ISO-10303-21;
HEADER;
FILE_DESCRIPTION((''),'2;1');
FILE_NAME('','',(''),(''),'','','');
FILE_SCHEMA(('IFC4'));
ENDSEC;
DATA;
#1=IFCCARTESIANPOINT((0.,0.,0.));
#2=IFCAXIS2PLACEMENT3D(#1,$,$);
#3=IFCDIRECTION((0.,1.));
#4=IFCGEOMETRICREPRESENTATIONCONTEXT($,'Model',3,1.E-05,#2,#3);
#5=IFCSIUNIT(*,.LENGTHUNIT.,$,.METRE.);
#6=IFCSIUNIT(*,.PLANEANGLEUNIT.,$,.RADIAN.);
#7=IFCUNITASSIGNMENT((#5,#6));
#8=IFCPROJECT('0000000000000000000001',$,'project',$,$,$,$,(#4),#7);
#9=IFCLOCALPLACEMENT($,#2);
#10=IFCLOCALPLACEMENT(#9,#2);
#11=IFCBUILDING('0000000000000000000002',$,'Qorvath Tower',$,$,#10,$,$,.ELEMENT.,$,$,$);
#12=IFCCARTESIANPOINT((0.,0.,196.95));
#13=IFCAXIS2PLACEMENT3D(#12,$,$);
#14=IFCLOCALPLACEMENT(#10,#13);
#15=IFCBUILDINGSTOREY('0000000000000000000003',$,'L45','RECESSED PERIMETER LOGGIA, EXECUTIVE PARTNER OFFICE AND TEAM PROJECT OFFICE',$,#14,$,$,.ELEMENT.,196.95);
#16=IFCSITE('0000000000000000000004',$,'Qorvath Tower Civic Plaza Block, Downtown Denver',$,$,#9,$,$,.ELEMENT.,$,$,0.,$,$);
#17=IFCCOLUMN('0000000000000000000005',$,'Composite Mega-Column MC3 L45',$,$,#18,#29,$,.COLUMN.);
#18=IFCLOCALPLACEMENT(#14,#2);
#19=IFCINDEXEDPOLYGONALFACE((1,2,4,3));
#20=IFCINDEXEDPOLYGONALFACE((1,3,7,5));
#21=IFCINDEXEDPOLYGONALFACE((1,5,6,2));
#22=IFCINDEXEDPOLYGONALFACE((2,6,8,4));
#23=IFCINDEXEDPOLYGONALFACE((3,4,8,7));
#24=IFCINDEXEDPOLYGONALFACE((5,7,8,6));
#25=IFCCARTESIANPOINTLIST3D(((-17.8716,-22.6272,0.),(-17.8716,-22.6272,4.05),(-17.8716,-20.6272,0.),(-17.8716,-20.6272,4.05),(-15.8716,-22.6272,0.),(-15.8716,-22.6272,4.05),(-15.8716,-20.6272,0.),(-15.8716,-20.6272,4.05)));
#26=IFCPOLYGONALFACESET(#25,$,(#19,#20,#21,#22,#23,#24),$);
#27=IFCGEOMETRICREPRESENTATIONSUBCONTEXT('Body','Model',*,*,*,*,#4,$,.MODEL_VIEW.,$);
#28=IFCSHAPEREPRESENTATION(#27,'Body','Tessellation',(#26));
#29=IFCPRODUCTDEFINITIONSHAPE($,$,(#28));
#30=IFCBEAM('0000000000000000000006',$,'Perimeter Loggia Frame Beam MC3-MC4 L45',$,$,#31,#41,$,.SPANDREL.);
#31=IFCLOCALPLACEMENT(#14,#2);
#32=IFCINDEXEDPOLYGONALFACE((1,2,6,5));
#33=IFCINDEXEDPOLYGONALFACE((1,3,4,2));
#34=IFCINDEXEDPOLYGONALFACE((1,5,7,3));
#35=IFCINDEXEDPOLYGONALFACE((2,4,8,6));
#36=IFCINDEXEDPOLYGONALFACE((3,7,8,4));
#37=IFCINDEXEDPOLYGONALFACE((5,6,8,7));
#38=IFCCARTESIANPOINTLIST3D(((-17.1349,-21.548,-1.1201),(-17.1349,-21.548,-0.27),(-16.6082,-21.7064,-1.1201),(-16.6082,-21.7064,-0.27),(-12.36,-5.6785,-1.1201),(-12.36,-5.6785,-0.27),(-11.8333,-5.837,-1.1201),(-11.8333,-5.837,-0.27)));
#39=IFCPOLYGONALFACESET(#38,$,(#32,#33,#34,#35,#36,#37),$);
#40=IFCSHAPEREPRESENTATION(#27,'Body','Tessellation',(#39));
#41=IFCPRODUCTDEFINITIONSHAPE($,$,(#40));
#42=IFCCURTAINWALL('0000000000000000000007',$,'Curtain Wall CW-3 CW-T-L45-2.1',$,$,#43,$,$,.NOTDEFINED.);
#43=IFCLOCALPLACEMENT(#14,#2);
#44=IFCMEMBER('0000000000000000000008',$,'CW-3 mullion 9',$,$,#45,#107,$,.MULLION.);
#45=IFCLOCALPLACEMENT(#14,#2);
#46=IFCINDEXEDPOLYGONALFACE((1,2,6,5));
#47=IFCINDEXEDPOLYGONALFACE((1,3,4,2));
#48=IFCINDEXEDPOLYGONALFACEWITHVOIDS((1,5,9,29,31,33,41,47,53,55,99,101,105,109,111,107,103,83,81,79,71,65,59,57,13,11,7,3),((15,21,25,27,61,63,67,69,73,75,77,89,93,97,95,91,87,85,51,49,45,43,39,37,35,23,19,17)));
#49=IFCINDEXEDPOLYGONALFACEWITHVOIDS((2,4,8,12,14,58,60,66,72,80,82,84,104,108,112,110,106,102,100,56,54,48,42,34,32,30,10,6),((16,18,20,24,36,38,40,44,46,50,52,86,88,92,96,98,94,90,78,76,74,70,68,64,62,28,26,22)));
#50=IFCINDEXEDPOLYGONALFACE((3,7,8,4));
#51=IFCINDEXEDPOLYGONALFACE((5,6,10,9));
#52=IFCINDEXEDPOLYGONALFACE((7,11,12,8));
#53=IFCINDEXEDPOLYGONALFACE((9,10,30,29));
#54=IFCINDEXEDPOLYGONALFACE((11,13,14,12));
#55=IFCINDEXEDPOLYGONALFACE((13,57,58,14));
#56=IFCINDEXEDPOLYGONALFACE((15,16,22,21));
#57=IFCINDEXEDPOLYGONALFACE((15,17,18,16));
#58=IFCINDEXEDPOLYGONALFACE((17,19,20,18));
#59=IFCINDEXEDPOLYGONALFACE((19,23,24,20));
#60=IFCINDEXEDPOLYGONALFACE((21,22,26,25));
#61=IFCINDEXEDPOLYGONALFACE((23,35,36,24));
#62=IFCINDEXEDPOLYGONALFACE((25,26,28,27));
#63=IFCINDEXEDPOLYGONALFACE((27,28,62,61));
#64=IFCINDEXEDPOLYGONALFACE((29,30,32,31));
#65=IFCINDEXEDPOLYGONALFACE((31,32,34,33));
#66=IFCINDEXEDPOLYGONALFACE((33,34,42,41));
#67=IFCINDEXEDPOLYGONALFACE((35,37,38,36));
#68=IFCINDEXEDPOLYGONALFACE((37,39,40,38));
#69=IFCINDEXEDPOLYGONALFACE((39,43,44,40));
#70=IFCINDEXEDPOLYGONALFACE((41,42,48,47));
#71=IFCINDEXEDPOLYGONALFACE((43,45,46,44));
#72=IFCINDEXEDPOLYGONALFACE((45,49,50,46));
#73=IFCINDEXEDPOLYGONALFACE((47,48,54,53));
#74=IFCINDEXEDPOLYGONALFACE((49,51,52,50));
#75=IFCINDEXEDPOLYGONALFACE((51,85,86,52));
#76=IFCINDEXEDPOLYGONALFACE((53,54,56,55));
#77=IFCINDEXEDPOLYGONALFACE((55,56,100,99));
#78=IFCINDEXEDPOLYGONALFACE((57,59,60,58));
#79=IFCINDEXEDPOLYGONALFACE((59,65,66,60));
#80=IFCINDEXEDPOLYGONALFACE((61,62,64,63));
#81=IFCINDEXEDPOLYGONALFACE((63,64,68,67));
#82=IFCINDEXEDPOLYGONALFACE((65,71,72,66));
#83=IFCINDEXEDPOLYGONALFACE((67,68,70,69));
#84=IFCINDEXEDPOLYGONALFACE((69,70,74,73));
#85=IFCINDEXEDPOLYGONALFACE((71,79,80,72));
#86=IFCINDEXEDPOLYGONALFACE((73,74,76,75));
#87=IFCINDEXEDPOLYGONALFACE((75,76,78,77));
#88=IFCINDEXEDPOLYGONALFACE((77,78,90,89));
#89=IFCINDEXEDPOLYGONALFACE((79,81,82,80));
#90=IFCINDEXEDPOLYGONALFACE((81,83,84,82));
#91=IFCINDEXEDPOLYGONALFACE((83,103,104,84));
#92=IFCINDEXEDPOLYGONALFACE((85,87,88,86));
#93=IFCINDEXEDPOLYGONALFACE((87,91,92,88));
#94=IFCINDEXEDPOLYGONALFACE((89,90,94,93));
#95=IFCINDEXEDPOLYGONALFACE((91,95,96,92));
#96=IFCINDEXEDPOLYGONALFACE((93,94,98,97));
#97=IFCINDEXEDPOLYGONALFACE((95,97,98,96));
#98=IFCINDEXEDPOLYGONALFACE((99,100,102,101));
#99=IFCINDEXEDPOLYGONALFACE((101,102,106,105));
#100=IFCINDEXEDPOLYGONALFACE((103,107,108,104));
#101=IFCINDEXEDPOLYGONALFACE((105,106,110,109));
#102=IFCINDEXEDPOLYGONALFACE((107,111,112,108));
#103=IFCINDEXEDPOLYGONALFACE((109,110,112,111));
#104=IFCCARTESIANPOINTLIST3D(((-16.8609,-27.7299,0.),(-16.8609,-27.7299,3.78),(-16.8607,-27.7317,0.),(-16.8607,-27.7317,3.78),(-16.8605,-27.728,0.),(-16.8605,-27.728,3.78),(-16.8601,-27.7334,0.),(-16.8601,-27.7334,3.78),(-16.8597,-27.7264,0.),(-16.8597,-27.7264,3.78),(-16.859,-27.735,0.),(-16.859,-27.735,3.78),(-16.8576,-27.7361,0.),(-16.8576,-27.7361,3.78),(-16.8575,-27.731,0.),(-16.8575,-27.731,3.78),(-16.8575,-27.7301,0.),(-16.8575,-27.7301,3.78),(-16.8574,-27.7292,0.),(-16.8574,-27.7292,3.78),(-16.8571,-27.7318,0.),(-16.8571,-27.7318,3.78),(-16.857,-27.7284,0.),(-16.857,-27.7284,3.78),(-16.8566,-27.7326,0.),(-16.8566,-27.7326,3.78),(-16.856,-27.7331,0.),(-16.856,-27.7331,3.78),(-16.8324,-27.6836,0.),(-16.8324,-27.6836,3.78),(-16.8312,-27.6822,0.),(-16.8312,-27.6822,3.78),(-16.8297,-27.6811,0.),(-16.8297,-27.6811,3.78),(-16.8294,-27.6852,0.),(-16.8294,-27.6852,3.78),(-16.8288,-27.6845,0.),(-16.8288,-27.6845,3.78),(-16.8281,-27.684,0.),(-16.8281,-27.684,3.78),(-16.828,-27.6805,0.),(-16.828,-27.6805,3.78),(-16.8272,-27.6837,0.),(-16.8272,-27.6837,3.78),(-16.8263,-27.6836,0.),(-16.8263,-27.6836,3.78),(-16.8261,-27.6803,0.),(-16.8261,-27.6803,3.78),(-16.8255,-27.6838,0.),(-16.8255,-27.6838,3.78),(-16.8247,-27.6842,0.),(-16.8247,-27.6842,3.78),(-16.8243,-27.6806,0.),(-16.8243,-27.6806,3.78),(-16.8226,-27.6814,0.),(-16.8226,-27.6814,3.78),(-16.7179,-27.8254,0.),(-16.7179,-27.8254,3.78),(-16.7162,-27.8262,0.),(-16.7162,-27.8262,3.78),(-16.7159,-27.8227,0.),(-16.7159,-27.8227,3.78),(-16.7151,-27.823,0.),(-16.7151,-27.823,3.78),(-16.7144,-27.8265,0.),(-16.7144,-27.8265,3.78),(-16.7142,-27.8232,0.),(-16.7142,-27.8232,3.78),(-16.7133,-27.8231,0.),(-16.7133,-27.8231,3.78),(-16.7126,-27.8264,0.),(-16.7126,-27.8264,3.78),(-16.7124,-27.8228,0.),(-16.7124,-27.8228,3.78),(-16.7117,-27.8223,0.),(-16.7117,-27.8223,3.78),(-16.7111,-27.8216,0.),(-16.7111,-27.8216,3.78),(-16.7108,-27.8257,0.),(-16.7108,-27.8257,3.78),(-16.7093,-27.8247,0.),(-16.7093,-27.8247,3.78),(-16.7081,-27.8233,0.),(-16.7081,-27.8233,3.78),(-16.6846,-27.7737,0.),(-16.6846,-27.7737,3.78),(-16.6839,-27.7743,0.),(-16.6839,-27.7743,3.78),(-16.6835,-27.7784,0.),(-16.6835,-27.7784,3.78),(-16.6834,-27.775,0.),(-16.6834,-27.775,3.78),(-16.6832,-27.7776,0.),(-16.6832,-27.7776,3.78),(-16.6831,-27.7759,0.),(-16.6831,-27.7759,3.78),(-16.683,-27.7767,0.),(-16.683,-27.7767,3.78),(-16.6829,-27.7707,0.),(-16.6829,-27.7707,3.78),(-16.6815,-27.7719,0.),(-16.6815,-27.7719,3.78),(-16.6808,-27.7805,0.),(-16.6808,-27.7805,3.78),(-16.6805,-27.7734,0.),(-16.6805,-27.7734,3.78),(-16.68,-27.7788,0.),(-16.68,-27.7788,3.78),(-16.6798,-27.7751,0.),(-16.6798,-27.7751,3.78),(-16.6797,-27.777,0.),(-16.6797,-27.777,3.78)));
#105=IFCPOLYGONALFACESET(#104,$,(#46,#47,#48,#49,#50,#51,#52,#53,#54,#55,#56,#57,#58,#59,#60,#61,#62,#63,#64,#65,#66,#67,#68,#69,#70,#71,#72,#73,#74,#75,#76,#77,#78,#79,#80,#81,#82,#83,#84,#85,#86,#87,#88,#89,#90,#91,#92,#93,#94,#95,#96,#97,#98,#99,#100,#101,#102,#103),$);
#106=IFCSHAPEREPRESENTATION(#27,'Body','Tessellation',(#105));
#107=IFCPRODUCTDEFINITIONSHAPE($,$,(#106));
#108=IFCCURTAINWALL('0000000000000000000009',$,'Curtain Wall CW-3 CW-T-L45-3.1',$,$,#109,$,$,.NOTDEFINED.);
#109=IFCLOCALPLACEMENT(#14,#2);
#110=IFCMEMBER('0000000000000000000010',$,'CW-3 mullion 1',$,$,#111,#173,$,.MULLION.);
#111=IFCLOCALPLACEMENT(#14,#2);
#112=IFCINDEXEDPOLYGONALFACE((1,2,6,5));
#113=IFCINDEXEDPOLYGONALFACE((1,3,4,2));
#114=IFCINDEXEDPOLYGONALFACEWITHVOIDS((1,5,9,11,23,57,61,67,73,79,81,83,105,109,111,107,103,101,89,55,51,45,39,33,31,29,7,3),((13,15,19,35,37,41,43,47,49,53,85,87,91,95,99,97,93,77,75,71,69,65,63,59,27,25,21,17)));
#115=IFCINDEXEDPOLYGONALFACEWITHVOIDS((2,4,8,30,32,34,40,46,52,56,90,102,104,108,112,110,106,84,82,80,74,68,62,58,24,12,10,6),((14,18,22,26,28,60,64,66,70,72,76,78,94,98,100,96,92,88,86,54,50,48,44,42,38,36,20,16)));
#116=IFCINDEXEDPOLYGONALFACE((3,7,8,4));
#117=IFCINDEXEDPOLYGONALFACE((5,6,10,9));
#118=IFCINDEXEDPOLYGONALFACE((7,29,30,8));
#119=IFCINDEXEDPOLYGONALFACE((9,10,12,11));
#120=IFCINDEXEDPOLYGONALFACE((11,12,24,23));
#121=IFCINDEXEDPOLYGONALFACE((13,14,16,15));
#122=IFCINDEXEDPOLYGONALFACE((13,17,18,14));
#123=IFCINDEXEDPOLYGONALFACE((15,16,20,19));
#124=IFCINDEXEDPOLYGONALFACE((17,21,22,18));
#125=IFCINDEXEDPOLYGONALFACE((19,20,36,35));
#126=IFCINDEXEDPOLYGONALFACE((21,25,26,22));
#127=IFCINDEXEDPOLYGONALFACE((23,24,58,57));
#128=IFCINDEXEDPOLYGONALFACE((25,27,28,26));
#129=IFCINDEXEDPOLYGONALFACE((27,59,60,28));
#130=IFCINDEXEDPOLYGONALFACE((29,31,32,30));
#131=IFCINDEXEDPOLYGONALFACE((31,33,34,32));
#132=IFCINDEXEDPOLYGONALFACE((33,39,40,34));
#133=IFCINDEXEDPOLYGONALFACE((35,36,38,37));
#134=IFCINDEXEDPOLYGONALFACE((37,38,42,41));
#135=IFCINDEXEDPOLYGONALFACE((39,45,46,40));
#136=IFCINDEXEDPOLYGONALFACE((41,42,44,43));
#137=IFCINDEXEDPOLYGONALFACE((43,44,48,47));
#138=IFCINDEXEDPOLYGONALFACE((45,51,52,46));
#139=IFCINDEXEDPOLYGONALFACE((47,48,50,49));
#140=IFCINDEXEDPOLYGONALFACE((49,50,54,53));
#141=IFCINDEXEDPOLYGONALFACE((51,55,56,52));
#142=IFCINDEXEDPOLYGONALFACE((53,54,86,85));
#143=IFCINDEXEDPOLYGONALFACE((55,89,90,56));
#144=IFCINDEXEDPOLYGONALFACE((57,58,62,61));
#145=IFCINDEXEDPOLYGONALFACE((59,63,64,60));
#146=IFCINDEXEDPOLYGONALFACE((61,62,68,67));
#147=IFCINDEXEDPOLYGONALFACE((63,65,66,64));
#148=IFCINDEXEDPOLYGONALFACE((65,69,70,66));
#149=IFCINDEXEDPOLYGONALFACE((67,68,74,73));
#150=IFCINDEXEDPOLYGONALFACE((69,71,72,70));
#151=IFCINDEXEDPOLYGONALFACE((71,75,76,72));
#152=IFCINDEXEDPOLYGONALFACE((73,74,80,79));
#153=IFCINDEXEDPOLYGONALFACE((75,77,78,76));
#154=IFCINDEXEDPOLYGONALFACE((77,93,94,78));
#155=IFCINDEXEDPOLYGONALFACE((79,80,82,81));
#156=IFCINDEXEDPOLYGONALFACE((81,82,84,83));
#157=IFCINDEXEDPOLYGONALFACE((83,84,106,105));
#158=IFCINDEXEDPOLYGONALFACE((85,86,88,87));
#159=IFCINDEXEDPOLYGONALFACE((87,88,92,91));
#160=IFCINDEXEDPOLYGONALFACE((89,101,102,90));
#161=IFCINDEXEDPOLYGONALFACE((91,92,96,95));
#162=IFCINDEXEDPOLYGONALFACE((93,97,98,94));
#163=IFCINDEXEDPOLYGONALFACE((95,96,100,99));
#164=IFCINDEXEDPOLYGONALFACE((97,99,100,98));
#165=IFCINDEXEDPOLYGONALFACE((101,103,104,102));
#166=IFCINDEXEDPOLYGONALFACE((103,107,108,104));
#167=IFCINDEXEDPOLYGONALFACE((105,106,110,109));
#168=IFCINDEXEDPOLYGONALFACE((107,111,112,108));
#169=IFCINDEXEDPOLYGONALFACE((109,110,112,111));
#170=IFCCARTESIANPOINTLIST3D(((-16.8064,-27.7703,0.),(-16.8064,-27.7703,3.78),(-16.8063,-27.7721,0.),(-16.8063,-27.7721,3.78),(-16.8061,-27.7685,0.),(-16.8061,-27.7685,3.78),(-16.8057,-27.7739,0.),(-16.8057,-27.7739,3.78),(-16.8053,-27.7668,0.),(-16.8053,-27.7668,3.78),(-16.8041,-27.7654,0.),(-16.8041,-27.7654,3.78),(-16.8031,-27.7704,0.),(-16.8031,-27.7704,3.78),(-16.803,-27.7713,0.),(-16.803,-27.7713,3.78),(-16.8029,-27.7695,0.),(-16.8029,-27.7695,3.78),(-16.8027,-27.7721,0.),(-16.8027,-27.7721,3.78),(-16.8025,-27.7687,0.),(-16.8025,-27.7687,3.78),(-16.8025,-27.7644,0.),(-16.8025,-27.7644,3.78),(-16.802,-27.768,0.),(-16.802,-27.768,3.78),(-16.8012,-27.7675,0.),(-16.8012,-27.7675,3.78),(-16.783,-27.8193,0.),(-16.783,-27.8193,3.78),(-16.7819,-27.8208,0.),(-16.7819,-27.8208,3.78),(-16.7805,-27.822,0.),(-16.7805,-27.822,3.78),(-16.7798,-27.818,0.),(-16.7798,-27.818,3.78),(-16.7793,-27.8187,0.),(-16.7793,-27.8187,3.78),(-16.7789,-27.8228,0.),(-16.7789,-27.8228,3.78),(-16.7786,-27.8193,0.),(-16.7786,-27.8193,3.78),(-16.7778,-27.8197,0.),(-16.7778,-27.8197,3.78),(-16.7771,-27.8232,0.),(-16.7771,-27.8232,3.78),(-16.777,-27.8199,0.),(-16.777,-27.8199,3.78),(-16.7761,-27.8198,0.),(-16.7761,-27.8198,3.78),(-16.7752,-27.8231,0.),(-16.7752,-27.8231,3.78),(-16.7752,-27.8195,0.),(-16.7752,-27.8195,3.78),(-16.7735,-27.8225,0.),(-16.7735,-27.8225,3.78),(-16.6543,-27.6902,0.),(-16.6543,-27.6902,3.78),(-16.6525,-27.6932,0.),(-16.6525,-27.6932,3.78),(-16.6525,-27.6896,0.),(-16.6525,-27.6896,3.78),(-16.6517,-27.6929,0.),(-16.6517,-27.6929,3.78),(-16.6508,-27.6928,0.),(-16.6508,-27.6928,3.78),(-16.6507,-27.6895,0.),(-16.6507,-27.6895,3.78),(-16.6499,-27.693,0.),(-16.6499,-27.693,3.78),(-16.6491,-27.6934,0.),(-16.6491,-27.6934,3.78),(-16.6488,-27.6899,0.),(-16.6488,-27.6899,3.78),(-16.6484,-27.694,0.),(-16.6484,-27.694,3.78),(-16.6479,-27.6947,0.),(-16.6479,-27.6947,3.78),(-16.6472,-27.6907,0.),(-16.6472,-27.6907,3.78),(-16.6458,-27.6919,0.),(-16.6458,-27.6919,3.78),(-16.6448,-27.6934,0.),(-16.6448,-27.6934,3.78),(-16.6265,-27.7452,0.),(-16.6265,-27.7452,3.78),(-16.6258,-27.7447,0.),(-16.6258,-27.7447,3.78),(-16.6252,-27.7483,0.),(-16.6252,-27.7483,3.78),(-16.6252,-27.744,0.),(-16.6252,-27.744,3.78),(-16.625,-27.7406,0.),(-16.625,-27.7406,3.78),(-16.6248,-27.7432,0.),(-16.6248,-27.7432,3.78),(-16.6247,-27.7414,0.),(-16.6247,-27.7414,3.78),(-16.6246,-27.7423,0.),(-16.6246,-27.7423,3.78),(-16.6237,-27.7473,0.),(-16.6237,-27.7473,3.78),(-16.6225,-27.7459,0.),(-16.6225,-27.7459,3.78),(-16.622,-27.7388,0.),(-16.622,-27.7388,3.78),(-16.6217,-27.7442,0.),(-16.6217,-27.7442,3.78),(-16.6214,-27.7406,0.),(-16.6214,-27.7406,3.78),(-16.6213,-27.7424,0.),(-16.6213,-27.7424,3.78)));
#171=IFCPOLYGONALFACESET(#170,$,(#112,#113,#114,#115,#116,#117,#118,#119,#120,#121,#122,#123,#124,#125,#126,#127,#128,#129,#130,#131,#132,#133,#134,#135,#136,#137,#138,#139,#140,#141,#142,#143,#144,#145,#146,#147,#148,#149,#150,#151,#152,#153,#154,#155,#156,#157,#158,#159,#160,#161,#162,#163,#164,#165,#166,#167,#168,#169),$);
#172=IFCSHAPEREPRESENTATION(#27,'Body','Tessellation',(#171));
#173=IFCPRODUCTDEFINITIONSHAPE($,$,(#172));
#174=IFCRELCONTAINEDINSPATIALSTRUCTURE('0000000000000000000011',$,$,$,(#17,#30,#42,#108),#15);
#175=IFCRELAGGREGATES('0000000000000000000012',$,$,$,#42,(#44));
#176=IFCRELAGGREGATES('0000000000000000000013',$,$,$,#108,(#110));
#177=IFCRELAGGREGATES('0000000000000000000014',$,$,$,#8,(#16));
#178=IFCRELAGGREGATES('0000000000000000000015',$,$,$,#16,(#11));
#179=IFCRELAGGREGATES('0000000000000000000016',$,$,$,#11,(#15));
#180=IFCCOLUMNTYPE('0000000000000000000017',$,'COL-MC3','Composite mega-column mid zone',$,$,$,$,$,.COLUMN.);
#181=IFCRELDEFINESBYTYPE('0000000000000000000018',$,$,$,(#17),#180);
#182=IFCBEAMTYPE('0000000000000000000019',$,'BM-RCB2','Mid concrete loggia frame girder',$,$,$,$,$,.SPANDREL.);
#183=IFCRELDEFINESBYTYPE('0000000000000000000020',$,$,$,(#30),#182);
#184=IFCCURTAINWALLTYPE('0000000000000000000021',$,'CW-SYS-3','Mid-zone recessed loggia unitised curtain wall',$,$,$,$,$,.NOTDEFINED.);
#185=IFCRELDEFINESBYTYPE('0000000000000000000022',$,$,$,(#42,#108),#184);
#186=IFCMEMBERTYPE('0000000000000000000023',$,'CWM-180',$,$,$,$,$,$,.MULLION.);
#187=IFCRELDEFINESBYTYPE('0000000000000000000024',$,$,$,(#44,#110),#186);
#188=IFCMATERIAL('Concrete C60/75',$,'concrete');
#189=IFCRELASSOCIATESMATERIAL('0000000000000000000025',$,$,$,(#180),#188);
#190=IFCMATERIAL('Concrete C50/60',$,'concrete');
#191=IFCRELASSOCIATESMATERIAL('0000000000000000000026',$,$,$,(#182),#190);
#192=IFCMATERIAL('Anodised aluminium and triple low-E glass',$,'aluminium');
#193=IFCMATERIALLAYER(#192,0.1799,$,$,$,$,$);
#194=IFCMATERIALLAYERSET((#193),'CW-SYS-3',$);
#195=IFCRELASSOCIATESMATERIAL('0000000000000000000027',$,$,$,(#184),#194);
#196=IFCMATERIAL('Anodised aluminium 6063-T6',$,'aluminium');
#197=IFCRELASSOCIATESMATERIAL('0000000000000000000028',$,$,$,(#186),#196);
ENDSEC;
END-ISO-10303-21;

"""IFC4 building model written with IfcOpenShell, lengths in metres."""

from ifc_helpers import new_model, si_unit, direction, frame, origin, origin_2d, place, context, subcontext, project, spatial, rectangle, hollow_rectangle, extrude, material, layer, layer_set, material_profile, profile_set, type_object, element, aggregate, save


model = new_model("IFC4")

# Units and contexts
model_context = context("Model", 3, precision=1e-05, world=origin(), true_north=direction((0.0, 1.0)))
body_context = subcontext(model_context, "Body", "Model", "MODEL_VIEW")
ifc_project = project(units=[si_unit("LENGTHUNIT", "METRE"), si_unit("PLANEANGLEUNIT", "RADIAN")], contexts=[model_context])

# Site, building, storey
site_placement = place(None, origin())
site = spatial("IfcSite", under=ifc_project, at=site_placement, Name="Qorvath Tower Civic Plaza Block, Downtown Denver", CompositionType="ELEMENT", RefElevation=0.0)
building_placement = place(site_placement, origin())
building = spatial("IfcBuilding", under=site, at=building_placement, Name="Qorvath Tower", CompositionType="ELEMENT")
storey_placement = place(building_placement, frame((0.0, 0.0, 196.95)))
storey = spatial("IfcBuildingStorey", under=building, at=storey_placement, Name="L45", Description="RECESSED PERIMETER LOGGIA, EXECUTIVE PARTNER OFFICE AND TEAM PROJECT OFFICE", CompositionType="ELEMENT", Elevation=196.95)

# Column
ifc_material_1 = material(Name="Concrete C60/75", Category="concrete")
ifc_material_profile_1 = material_profile(ifc_material_1, rectangle(XDim=2.0, YDim=2.0, at=origin_2d()), Name="MC 2000x2000")
ifc_profile_set_1 = profile_set([ifc_material_profile_1], Name="Concrete C60/75")
column_type = type_object("IfcColumnType", Name="COL-MC3", Description="Composite mega-column mid zone", PredefinedType="COLUMN", material=ifc_profile_set_1)
column_placement = place(storey_placement, frame((-16.8716, -21.6272, 0.0), z_axis=(0.0, 0.0, 1.0), x_axis=(1.0, 0.0, 0.0)))
element("IfcColumn", 1, at=column_placement, inside=storey, type_object=column_type, Name="Composite Mega-Column MC3 L45", PredefinedType="COLUMN", context=body_context, shape_type="SweptSolid", body=[
    extrude(rectangle(XDim=2.0, YDim=2.0, at=origin_2d()), origin(), (0.0, 0.0, 1.0), 4.05),
])

# Beam
ifc_material_2 = material(Name="Concrete C50/60", Category="concrete")
ifc_material_profile_2 = material_profile(ifc_material_2, rectangle(XDim=0.55, YDim=0.8501, at=origin_2d()), Name="RCB 850x550")
ifc_profile_set_2 = profile_set([ifc_material_profile_2], Name="Concrete C50/60")
beam_type = type_object("IfcBeamType", Name="BM-RCB2", Description="Mid concrete loggia frame girder", PredefinedType="SPANDREL", material=ifc_profile_set_2)
beam_placement = place(storey_placement, frame((-16.8716, -21.6272, -0.6951), z_axis=(0.288128, 0.957592, 0.0), x_axis=(-0.957592, 0.288128, 0.0)))
element("IfcBeam", 2, at=beam_placement, inside=storey, type_object=beam_type, Name="Perimeter Loggia Frame Beam MC3-MC4 L45", PredefinedType="SPANDREL", context=body_context, shape_type="SweptSolid", body=[
    extrude(rectangle(XDim=0.55, YDim=0.8501, at=origin_2d()), origin(), (0.0, 0.0, 1.0), 16.5723),
])

# Curtain wall, member
ifc_material_3 = material(Name="Anodised aluminium and triple low-E glass", Category="aluminium")
ifc_layer_1 = layer(ifc_material_3, 0.1799)
ifc_layer_set_1 = layer_set([ifc_layer_1], Name="CW-SYS-3")
curtain_wall_type = type_object("IfcCurtainWallType", Name="CW-SYS-3", Description="Mid-zone recessed loggia unitised curtain wall", PredefinedType="NOTDEFINED", material=ifc_layer_set_1)
curtain_wall_1_placement = place(storey_placement, origin())
curtain_wall_1 = element("IfcCurtainWall", 3, at=curtain_wall_1_placement, inside=storey, type_object=curtain_wall_type, Name="Curtain Wall CW-3 CW-T-L45-2.1", PredefinedType="NOTDEFINED")
ifc_material_4 = material(Name="Anodised aluminium 6063-T6", Category="aluminium")
ifc_material_profile_3 = material_profile(ifc_material_4, hollow_rectangle(XDim=0.0649, YDim=0.1799, WallThickness=0.0034, InnerFilletRadius=0.0034, OuterFilletRadius=0.0071, at=origin_2d()), Name="CWM 180x65")
ifc_profile_set_3 = profile_set([ifc_material_profile_3], Name="Anodised aluminium 6063-T6")
member_type_1 = type_object("IfcMemberType", Name="CWM-180", PredefinedType="MULLION", material=ifc_profile_set_3)
member_1_placement = place(storey_placement, frame((-16.7703, -27.7534, 0.0), z_axis=(0.0, 0.0, 1.0), x_axis=(0.538534, 0.842604, 0.0)))
member_1 = element("IfcMember", 4, at=member_1_placement, type_object=member_type_1, Name="CW-3 mullion 9", PredefinedType="MULLION", context=body_context, shape_type="SweptSolid", body=[
    extrude(hollow_rectangle(XDim=0.0649, YDim=0.1799, WallThickness=0.0034, InnerFilletRadius=0.0034, OuterFilletRadius=0.0071, at=origin_2d()), origin(), (0.0, 0.0, 1.0), 3.78),
])

# Curtain wall, member
curtain_wall_2_placement = place(storey_placement, origin())
curtain_wall_2 = element("IfcCurtainWall", 5, at=curtain_wall_2_placement, inside=storey, type_object=curtain_wall_type, Name="Curtain Wall CW-3 CW-T-L45-3.1", PredefinedType="NOTDEFINED")
member_2_placement = place(storey_placement, frame((-16.7139, -27.7563, 0.0), z_axis=(0.0, 0.0, 1.0), x_axis=(-0.447205, 0.894432, 0.0)))
member_2 = element("IfcMember", 6, at=member_2_placement, type_object=member_type_1, Name="CW-3 mullion 1", PredefinedType="MULLION", context=body_context, shape_type="SweptSolid", body=[
    extrude(hollow_rectangle(XDim=0.0649, YDim=0.1799, WallThickness=0.0034, InnerFilletRadius=0.0034, OuterFilletRadius=0.0071, at=origin_2d()), origin(), (0.0, 0.0, 1.0), 3.78),
])

aggregate(curtain_wall_1, [member_1])
aggregate(curtain_wall_2, [member_2])

save(model, "model.ifc")
